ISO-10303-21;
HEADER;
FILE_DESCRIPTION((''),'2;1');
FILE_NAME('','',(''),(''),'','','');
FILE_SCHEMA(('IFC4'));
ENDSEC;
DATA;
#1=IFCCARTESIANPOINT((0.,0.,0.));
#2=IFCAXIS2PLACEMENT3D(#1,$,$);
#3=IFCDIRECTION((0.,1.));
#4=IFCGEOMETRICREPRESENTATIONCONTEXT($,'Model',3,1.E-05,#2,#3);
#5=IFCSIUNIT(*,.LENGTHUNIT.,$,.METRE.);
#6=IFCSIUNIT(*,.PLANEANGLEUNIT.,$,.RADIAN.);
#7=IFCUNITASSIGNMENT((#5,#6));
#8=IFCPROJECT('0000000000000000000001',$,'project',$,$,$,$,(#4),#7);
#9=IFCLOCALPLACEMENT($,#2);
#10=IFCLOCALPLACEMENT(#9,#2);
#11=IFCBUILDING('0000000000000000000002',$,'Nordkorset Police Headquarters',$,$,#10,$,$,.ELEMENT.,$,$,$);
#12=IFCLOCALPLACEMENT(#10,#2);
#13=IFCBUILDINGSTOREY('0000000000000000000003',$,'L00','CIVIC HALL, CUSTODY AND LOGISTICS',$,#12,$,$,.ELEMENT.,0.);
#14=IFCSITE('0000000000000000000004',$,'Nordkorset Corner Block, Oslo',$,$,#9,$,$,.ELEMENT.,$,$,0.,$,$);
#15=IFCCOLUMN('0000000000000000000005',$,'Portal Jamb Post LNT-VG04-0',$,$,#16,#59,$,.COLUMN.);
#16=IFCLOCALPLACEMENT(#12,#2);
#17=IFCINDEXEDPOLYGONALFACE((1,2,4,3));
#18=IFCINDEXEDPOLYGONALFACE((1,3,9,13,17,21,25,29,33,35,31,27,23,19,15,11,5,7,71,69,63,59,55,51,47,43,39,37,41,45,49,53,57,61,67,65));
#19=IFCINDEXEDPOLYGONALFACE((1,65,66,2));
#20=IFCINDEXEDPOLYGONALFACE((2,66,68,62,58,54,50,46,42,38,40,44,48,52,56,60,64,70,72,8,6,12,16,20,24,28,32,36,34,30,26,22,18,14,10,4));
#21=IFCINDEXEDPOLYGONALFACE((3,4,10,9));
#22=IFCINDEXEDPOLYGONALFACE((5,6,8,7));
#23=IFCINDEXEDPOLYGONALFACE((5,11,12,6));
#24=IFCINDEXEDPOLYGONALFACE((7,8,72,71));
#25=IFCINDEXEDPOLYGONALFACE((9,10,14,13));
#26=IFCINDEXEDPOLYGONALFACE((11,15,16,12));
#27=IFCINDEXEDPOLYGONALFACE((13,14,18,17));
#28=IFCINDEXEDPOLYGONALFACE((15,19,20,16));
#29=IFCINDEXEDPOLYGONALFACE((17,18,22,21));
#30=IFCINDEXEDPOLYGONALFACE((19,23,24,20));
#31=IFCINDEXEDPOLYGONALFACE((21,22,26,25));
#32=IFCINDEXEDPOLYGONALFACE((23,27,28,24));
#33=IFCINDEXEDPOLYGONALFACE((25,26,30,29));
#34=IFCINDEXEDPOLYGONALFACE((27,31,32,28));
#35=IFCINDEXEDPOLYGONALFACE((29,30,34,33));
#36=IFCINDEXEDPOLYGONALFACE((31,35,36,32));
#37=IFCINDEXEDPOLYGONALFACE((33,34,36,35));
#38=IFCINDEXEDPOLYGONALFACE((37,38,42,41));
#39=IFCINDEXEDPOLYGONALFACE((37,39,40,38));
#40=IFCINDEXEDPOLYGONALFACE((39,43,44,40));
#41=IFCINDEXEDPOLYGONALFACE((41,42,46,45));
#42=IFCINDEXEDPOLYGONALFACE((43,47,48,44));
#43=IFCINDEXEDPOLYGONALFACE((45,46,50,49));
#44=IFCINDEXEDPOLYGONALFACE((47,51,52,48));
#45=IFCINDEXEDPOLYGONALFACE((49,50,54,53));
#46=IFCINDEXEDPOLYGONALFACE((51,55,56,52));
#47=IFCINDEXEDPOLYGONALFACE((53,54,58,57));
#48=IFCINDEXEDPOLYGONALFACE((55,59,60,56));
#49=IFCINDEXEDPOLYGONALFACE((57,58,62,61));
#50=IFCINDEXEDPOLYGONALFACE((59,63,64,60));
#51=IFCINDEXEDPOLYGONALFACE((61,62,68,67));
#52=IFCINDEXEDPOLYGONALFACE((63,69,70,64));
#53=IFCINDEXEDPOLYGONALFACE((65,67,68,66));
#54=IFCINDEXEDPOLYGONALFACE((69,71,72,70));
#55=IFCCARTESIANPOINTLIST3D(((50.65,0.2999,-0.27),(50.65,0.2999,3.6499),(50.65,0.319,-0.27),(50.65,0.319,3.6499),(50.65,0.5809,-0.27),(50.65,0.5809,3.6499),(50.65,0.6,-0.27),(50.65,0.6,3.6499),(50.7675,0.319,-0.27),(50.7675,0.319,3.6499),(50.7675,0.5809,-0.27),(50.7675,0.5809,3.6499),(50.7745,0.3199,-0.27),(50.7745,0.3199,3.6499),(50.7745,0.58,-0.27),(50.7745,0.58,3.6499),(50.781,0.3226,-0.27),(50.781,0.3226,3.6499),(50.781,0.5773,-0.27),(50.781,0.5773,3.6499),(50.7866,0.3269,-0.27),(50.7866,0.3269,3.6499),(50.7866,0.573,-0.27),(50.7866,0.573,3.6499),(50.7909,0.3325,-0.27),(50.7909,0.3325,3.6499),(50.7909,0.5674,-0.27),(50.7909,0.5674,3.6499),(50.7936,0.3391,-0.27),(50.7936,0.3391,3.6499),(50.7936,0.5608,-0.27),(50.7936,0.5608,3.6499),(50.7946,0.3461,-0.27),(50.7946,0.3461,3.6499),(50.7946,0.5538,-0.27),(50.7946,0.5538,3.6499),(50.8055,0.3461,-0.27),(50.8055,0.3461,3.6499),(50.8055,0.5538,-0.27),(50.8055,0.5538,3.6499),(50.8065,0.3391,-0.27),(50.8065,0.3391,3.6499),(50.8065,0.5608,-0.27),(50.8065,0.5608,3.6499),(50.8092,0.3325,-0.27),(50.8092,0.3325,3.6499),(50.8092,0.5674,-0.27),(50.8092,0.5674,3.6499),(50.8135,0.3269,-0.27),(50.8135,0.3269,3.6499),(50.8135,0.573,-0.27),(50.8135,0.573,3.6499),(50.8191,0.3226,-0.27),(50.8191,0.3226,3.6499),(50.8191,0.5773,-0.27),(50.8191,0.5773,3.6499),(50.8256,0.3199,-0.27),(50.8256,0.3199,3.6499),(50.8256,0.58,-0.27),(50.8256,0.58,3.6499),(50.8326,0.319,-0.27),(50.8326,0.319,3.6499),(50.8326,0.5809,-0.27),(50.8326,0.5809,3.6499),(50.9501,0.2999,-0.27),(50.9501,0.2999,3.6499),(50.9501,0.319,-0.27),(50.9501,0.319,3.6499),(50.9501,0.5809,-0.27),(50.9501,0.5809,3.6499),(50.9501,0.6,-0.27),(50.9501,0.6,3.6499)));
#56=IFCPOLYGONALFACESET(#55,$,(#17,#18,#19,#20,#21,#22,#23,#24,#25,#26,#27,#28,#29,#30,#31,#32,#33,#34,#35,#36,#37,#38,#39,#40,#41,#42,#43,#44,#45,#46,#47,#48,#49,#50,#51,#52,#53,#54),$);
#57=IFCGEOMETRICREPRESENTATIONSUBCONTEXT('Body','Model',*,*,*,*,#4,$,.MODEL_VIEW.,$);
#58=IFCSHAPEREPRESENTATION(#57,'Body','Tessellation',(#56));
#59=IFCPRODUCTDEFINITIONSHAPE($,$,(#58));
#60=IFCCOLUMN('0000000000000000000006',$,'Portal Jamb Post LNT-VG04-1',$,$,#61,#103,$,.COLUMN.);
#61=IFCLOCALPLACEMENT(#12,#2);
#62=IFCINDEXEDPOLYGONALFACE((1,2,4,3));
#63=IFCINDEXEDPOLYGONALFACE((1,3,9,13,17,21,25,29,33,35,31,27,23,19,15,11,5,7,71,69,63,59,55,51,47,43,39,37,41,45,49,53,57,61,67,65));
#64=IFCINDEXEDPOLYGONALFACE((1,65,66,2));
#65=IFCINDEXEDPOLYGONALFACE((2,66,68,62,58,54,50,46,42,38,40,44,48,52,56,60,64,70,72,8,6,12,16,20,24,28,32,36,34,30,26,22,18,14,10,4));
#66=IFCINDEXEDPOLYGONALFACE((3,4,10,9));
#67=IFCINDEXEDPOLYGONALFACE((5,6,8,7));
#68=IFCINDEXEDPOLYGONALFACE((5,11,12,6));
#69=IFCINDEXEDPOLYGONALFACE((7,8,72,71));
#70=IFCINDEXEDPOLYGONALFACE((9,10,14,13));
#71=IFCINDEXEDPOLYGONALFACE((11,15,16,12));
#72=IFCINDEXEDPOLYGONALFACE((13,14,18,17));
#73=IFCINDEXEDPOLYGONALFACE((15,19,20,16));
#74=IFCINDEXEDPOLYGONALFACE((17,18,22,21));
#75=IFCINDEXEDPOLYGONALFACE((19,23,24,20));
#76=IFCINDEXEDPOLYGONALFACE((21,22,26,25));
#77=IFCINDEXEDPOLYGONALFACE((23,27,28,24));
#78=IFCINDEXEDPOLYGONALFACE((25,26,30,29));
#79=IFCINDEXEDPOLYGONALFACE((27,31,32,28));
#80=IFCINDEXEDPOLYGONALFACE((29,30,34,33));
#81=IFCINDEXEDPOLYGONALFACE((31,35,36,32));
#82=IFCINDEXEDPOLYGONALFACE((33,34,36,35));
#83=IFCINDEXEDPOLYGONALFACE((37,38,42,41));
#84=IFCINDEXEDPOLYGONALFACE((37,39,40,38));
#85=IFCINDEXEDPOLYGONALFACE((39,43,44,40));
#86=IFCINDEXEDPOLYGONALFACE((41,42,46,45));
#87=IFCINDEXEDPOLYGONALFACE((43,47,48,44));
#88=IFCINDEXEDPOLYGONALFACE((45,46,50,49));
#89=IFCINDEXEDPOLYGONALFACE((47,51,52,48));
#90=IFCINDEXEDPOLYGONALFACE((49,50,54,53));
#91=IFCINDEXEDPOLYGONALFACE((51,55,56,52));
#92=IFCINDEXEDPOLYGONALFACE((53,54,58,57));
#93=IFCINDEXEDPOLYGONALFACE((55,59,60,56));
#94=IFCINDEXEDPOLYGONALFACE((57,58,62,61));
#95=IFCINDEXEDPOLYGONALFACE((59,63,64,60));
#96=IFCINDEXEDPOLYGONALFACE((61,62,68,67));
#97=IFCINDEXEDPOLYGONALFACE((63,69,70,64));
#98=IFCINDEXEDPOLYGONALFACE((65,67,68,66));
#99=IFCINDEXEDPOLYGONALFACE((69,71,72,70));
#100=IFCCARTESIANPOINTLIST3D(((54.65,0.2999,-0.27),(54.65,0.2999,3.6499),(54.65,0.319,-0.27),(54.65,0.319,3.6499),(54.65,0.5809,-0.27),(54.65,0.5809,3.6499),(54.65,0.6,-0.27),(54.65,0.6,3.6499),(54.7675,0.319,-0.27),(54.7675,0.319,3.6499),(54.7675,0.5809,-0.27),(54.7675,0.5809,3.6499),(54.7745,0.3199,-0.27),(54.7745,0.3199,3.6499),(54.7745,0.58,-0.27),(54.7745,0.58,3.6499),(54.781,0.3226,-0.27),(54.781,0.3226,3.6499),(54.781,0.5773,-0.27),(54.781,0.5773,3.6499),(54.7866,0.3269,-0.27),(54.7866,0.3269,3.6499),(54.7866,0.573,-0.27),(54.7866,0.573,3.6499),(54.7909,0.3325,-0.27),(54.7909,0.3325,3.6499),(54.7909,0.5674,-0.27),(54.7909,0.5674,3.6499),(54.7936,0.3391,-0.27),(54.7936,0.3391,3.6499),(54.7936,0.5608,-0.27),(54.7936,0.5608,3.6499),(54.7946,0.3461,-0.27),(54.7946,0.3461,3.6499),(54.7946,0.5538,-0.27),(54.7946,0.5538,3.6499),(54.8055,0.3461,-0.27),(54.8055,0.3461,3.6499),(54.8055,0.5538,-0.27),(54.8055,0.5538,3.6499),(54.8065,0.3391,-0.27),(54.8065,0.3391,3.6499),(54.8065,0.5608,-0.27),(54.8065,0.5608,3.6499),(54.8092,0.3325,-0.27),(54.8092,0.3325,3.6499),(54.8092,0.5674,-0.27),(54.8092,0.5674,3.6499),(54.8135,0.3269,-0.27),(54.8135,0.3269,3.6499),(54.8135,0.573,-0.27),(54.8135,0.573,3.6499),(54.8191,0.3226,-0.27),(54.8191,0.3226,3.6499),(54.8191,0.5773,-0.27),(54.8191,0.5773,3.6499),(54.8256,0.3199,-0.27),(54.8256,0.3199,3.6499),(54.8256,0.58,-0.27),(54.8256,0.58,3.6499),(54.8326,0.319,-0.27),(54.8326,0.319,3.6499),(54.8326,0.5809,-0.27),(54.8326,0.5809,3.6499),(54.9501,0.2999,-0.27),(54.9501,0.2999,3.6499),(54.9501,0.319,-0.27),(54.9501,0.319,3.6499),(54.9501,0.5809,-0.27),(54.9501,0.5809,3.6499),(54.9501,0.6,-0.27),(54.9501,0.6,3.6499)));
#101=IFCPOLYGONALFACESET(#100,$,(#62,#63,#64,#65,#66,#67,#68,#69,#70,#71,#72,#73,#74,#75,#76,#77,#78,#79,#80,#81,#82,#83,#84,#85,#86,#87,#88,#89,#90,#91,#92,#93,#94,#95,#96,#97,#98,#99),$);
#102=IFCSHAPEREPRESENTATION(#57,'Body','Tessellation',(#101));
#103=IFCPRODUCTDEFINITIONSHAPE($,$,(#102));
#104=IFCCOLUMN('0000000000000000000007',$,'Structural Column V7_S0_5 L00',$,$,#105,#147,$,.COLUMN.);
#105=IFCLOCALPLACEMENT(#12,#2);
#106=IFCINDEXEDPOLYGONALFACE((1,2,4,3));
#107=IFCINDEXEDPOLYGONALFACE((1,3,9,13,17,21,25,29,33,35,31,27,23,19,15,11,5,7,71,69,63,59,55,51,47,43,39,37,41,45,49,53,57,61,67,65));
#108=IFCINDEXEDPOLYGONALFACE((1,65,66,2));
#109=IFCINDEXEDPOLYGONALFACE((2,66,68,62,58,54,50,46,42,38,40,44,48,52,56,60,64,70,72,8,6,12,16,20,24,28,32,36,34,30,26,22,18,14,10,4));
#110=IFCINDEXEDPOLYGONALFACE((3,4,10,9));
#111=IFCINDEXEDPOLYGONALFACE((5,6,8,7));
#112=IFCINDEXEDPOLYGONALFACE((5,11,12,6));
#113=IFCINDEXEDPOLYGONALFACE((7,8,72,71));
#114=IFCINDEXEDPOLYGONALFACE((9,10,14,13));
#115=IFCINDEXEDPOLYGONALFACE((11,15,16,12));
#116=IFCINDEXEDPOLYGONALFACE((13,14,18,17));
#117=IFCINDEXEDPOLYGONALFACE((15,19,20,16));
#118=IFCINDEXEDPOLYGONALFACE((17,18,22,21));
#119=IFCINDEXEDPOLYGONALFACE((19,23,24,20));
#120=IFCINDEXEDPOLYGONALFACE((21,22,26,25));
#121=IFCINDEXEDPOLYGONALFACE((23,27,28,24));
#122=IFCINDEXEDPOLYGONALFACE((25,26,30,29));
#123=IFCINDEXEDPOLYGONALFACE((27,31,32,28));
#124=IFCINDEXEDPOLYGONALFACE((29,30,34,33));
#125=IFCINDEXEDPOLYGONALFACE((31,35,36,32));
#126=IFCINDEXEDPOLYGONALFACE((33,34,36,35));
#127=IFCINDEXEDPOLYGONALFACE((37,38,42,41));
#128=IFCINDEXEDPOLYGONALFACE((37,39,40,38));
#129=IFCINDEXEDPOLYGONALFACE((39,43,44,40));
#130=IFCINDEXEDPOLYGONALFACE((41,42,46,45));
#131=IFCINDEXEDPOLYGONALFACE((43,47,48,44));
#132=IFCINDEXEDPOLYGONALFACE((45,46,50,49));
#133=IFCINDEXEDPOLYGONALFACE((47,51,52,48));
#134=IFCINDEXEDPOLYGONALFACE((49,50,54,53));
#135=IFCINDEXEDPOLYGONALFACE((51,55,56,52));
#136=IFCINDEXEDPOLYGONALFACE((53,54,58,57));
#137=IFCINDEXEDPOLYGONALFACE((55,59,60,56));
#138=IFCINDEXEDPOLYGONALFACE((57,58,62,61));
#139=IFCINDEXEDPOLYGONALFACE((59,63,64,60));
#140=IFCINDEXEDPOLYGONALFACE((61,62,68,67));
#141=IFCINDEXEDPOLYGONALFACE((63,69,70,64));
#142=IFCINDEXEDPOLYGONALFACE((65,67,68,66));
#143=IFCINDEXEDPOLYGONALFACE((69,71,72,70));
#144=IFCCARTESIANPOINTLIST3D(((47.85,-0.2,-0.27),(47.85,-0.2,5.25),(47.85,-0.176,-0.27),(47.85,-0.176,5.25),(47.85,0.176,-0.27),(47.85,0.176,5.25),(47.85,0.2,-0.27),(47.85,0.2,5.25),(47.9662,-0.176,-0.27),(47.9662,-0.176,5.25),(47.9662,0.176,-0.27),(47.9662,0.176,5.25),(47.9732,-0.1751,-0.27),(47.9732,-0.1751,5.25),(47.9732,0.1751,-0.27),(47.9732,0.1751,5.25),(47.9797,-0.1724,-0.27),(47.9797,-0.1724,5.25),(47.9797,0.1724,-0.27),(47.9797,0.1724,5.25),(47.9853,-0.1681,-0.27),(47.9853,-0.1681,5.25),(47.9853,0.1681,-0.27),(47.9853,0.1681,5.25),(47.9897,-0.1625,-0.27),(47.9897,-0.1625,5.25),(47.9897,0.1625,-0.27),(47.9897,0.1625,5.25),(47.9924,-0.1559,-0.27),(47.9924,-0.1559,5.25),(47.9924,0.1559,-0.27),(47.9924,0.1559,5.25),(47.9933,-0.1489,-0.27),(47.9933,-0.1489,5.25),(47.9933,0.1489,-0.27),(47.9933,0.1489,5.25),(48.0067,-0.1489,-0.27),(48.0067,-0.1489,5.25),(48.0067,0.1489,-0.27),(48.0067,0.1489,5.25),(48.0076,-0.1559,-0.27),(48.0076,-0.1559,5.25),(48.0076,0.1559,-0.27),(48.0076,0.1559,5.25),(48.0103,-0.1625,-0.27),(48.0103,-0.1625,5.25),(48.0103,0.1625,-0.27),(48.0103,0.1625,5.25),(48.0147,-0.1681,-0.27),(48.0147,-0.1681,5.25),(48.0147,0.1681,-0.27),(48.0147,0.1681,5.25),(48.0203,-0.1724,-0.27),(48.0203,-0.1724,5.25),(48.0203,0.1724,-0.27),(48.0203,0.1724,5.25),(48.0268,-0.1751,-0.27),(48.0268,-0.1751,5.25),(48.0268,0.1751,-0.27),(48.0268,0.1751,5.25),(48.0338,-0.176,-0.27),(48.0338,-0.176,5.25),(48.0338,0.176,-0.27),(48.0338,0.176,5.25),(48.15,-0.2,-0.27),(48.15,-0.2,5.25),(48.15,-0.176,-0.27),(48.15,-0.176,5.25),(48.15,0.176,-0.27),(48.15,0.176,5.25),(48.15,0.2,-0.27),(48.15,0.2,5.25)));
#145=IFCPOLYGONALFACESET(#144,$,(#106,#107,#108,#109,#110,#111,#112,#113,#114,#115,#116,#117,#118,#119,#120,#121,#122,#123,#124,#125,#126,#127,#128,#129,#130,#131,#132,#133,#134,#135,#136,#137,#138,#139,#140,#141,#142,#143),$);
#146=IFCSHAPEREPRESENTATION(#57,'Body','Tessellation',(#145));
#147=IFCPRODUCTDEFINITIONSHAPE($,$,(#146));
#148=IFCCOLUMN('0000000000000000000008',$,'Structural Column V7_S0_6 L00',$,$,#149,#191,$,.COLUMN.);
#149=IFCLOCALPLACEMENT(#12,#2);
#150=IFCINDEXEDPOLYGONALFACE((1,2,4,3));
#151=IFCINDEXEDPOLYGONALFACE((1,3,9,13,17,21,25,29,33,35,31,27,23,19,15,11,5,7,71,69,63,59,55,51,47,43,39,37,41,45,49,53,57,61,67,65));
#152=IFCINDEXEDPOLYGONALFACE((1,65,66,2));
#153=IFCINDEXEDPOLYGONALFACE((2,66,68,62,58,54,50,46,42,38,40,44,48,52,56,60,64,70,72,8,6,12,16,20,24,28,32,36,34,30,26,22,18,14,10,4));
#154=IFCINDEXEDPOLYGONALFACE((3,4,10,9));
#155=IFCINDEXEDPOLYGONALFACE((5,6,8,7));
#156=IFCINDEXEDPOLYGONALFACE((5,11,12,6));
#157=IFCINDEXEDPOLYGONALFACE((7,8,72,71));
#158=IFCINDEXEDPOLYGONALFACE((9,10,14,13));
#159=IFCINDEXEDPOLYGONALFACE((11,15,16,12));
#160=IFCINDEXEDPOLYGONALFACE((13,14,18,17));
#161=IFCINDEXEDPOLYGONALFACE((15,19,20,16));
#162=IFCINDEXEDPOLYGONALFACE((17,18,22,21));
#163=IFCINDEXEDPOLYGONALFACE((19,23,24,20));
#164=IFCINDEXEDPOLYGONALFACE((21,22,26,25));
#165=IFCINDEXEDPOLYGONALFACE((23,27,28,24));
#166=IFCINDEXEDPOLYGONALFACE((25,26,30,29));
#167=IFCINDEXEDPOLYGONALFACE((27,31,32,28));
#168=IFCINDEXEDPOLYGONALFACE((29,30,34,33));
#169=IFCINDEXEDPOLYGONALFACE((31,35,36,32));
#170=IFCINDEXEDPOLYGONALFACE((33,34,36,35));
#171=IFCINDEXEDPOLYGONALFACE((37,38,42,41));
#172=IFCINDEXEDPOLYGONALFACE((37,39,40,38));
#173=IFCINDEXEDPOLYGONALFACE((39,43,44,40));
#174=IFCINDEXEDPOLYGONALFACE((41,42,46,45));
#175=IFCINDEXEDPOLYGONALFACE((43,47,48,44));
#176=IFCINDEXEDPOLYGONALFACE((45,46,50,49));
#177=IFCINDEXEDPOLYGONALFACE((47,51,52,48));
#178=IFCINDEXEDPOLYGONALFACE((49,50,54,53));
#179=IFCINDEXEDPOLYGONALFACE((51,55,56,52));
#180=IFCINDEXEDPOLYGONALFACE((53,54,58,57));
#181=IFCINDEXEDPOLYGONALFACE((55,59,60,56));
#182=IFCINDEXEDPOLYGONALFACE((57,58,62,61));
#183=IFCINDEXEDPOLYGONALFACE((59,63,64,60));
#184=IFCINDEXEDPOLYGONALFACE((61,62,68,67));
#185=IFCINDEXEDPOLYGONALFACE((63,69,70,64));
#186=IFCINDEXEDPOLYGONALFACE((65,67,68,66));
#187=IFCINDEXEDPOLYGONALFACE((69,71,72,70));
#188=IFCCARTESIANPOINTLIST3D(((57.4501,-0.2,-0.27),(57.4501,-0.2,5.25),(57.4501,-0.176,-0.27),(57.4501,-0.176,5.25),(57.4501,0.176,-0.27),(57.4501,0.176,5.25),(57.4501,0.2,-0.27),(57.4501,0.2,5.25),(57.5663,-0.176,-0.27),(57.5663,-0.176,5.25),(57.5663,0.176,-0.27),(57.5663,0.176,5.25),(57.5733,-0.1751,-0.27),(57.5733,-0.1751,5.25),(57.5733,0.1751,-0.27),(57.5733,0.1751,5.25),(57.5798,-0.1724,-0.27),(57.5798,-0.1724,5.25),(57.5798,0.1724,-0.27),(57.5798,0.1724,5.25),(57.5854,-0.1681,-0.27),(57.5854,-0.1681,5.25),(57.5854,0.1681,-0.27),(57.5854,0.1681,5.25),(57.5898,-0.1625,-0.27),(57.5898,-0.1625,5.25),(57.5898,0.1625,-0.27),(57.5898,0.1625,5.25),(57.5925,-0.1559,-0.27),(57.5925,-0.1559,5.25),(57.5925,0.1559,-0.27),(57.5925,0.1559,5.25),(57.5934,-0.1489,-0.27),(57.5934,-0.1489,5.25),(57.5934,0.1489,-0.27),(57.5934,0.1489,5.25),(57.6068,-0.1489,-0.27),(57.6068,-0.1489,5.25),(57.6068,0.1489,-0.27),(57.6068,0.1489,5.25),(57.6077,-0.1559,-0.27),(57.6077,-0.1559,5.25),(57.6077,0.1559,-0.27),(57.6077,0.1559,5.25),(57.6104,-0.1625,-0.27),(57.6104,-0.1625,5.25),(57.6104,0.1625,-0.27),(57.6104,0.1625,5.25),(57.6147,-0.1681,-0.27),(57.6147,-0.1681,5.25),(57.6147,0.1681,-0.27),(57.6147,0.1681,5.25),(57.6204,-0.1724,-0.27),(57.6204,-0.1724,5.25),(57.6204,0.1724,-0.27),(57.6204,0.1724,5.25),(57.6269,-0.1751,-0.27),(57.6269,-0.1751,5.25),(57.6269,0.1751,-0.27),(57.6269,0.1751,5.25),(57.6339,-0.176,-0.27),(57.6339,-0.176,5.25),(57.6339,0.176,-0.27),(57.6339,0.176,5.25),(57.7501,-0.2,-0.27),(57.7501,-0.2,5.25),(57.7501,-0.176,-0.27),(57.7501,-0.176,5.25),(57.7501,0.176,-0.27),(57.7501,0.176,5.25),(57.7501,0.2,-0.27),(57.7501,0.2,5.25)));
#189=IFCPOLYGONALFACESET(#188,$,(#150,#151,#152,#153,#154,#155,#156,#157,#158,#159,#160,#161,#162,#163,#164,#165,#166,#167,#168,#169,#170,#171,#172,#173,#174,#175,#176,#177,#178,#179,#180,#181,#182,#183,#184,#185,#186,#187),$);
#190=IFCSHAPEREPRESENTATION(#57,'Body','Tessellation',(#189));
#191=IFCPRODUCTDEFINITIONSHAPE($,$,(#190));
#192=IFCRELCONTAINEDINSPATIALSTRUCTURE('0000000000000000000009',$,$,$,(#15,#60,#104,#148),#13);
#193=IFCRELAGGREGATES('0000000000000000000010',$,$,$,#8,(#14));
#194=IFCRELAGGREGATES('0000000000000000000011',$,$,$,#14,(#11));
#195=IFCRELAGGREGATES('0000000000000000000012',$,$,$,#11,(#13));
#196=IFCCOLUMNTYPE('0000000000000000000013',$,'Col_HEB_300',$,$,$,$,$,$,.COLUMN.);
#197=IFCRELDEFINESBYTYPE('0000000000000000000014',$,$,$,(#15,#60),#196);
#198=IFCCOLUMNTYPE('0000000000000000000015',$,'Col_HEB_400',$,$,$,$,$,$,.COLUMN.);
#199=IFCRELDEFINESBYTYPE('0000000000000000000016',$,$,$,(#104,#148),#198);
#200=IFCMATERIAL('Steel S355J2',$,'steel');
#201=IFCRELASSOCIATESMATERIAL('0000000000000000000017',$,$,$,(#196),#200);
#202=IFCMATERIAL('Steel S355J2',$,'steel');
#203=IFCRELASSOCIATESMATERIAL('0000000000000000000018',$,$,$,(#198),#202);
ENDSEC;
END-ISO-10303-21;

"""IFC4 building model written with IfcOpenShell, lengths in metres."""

from ifc_helpers import new_model, si_unit, direction, frame, origin, origin_2d, place, context, subcontext, project, spatial, i_section, extrude, material, material_profile, profile_set, type_object, element, save


model = new_model("IFC4")

# Units and contexts
model_context = context("Model", 3, precision=1e-05, world=origin(), true_north=direction((0.0, 1.0)))
body_context = subcontext(model_context, "Body", "Model", "MODEL_VIEW")
ifc_project = project(units=[si_unit("LENGTHUNIT", "METRE"), si_unit("PLANEANGLEUNIT", "RADIAN")], contexts=[model_context])

# Site, building, storey
site_placement = place(None, origin())
site = spatial("IfcSite", under=ifc_project, at=site_placement, Name="Nordkorset Corner Block, Oslo", CompositionType="ELEMENT", RefElevation=0.0)
building_placement = place(site_placement, origin())
building = spatial("IfcBuilding", under=site, at=building_placement, Name="Nordkorset Police Headquarters", CompositionType="ELEMENT")
storey_placement = place(building_placement, origin())
storey = spatial("IfcBuildingStorey", under=building, at=storey_placement, Name="L00", Description="CIVIC HALL, CUSTODY AND LOGISTICS", CompositionType="ELEMENT", Elevation=0.0)

# Columns
ifc_material_1 = material(Name="Steel S355J2", Category="steel")
ifc_material_profile_1 = material_profile(ifc_material_1, i_section(OverallWidth=0.3, OverallDepth=0.3, WebThickness=0.011, FlangeThickness=0.019, FilletRadius=0.0271, at=origin_2d()), Name="HEB 300")
ifc_profile_set_1 = profile_set([ifc_material_profile_1], Name="Steel S355J2")
column_type_1 = type_object("IfcColumnType", Name="Col_HEB_300", PredefinedType="COLUMN", material=ifc_profile_set_1)
for number, where, z_axis, x_axis, name in (
    (1, (50.8, 0.45, -0.27), (0.0, 0.0, 1.0), (1.0, 0.0, 0.0), "Portal Jamb Post LNT-VG04-0"),
    (2, (54.8, 0.45, -0.27), (0.0, 0.0, 1.0), (1.0, 0.0, 0.0), "Portal Jamb Post LNT-VG04-1"),
):
    element("IfcColumn", number, at=place(storey_placement, frame(where, z_axis=z_axis, x_axis=x_axis)), inside=storey, type_object=column_type_1, Name=name, PredefinedType="COLUMN", context=body_context, shape_type="SweptSolid", body=[
        extrude(i_section(OverallWidth=0.3, OverallDepth=0.3, WebThickness=0.011, FlangeThickness=0.019, FilletRadius=0.0271, at=origin_2d()), origin(), (0.0, 0.0, 1.0), 3.9199),
    ])
ifc_material_2 = material(Name="Steel S355J2", Category="steel")
ifc_material_profile_2 = material_profile(ifc_material_2, i_section(OverallWidth=0.3, OverallDepth=0.3999, WebThickness=0.0134, FlangeThickness=0.0239, FilletRadius=0.0271, at=origin_2d()), Name="HEB 400")
ifc_profile_set_2 = profile_set([ifc_material_profile_2], Name="Steel S355J2")
column_type_2 = type_object("IfcColumnType", Name="Col_HEB_400", PredefinedType="COLUMN", material=ifc_profile_set_2)
for number, where, z_axis, x_axis, name in (
    (3, (48.0, 0.0, -0.27), (0.0, 0.0, 1.0), (1.0, 0.0, 0.0), "Structural Column V7_S0_5 L00"),
    (4, (57.6001, 0.0, -0.27), (0.0, 0.0, 1.0), (1.0, 0.0, 0.0), "Structural Column V7_S0_6 L00"),
):
    element("IfcColumn", number, at=place(storey_placement, frame(where, z_axis=z_axis, x_axis=x_axis)), inside=storey, type_object=column_type_2, Name=name, PredefinedType="COLUMN", context=body_context, shape_type="SweptSolid", body=[
        extrude(i_section(OverallWidth=0.3, OverallDepth=0.3999, WebThickness=0.0134, FlangeThickness=0.0239, FilletRadius=0.0271, at=origin_2d()), origin(), (0.0, 0.0, 1.0), 5.52),
    ])

save(model, "model.ifc")
